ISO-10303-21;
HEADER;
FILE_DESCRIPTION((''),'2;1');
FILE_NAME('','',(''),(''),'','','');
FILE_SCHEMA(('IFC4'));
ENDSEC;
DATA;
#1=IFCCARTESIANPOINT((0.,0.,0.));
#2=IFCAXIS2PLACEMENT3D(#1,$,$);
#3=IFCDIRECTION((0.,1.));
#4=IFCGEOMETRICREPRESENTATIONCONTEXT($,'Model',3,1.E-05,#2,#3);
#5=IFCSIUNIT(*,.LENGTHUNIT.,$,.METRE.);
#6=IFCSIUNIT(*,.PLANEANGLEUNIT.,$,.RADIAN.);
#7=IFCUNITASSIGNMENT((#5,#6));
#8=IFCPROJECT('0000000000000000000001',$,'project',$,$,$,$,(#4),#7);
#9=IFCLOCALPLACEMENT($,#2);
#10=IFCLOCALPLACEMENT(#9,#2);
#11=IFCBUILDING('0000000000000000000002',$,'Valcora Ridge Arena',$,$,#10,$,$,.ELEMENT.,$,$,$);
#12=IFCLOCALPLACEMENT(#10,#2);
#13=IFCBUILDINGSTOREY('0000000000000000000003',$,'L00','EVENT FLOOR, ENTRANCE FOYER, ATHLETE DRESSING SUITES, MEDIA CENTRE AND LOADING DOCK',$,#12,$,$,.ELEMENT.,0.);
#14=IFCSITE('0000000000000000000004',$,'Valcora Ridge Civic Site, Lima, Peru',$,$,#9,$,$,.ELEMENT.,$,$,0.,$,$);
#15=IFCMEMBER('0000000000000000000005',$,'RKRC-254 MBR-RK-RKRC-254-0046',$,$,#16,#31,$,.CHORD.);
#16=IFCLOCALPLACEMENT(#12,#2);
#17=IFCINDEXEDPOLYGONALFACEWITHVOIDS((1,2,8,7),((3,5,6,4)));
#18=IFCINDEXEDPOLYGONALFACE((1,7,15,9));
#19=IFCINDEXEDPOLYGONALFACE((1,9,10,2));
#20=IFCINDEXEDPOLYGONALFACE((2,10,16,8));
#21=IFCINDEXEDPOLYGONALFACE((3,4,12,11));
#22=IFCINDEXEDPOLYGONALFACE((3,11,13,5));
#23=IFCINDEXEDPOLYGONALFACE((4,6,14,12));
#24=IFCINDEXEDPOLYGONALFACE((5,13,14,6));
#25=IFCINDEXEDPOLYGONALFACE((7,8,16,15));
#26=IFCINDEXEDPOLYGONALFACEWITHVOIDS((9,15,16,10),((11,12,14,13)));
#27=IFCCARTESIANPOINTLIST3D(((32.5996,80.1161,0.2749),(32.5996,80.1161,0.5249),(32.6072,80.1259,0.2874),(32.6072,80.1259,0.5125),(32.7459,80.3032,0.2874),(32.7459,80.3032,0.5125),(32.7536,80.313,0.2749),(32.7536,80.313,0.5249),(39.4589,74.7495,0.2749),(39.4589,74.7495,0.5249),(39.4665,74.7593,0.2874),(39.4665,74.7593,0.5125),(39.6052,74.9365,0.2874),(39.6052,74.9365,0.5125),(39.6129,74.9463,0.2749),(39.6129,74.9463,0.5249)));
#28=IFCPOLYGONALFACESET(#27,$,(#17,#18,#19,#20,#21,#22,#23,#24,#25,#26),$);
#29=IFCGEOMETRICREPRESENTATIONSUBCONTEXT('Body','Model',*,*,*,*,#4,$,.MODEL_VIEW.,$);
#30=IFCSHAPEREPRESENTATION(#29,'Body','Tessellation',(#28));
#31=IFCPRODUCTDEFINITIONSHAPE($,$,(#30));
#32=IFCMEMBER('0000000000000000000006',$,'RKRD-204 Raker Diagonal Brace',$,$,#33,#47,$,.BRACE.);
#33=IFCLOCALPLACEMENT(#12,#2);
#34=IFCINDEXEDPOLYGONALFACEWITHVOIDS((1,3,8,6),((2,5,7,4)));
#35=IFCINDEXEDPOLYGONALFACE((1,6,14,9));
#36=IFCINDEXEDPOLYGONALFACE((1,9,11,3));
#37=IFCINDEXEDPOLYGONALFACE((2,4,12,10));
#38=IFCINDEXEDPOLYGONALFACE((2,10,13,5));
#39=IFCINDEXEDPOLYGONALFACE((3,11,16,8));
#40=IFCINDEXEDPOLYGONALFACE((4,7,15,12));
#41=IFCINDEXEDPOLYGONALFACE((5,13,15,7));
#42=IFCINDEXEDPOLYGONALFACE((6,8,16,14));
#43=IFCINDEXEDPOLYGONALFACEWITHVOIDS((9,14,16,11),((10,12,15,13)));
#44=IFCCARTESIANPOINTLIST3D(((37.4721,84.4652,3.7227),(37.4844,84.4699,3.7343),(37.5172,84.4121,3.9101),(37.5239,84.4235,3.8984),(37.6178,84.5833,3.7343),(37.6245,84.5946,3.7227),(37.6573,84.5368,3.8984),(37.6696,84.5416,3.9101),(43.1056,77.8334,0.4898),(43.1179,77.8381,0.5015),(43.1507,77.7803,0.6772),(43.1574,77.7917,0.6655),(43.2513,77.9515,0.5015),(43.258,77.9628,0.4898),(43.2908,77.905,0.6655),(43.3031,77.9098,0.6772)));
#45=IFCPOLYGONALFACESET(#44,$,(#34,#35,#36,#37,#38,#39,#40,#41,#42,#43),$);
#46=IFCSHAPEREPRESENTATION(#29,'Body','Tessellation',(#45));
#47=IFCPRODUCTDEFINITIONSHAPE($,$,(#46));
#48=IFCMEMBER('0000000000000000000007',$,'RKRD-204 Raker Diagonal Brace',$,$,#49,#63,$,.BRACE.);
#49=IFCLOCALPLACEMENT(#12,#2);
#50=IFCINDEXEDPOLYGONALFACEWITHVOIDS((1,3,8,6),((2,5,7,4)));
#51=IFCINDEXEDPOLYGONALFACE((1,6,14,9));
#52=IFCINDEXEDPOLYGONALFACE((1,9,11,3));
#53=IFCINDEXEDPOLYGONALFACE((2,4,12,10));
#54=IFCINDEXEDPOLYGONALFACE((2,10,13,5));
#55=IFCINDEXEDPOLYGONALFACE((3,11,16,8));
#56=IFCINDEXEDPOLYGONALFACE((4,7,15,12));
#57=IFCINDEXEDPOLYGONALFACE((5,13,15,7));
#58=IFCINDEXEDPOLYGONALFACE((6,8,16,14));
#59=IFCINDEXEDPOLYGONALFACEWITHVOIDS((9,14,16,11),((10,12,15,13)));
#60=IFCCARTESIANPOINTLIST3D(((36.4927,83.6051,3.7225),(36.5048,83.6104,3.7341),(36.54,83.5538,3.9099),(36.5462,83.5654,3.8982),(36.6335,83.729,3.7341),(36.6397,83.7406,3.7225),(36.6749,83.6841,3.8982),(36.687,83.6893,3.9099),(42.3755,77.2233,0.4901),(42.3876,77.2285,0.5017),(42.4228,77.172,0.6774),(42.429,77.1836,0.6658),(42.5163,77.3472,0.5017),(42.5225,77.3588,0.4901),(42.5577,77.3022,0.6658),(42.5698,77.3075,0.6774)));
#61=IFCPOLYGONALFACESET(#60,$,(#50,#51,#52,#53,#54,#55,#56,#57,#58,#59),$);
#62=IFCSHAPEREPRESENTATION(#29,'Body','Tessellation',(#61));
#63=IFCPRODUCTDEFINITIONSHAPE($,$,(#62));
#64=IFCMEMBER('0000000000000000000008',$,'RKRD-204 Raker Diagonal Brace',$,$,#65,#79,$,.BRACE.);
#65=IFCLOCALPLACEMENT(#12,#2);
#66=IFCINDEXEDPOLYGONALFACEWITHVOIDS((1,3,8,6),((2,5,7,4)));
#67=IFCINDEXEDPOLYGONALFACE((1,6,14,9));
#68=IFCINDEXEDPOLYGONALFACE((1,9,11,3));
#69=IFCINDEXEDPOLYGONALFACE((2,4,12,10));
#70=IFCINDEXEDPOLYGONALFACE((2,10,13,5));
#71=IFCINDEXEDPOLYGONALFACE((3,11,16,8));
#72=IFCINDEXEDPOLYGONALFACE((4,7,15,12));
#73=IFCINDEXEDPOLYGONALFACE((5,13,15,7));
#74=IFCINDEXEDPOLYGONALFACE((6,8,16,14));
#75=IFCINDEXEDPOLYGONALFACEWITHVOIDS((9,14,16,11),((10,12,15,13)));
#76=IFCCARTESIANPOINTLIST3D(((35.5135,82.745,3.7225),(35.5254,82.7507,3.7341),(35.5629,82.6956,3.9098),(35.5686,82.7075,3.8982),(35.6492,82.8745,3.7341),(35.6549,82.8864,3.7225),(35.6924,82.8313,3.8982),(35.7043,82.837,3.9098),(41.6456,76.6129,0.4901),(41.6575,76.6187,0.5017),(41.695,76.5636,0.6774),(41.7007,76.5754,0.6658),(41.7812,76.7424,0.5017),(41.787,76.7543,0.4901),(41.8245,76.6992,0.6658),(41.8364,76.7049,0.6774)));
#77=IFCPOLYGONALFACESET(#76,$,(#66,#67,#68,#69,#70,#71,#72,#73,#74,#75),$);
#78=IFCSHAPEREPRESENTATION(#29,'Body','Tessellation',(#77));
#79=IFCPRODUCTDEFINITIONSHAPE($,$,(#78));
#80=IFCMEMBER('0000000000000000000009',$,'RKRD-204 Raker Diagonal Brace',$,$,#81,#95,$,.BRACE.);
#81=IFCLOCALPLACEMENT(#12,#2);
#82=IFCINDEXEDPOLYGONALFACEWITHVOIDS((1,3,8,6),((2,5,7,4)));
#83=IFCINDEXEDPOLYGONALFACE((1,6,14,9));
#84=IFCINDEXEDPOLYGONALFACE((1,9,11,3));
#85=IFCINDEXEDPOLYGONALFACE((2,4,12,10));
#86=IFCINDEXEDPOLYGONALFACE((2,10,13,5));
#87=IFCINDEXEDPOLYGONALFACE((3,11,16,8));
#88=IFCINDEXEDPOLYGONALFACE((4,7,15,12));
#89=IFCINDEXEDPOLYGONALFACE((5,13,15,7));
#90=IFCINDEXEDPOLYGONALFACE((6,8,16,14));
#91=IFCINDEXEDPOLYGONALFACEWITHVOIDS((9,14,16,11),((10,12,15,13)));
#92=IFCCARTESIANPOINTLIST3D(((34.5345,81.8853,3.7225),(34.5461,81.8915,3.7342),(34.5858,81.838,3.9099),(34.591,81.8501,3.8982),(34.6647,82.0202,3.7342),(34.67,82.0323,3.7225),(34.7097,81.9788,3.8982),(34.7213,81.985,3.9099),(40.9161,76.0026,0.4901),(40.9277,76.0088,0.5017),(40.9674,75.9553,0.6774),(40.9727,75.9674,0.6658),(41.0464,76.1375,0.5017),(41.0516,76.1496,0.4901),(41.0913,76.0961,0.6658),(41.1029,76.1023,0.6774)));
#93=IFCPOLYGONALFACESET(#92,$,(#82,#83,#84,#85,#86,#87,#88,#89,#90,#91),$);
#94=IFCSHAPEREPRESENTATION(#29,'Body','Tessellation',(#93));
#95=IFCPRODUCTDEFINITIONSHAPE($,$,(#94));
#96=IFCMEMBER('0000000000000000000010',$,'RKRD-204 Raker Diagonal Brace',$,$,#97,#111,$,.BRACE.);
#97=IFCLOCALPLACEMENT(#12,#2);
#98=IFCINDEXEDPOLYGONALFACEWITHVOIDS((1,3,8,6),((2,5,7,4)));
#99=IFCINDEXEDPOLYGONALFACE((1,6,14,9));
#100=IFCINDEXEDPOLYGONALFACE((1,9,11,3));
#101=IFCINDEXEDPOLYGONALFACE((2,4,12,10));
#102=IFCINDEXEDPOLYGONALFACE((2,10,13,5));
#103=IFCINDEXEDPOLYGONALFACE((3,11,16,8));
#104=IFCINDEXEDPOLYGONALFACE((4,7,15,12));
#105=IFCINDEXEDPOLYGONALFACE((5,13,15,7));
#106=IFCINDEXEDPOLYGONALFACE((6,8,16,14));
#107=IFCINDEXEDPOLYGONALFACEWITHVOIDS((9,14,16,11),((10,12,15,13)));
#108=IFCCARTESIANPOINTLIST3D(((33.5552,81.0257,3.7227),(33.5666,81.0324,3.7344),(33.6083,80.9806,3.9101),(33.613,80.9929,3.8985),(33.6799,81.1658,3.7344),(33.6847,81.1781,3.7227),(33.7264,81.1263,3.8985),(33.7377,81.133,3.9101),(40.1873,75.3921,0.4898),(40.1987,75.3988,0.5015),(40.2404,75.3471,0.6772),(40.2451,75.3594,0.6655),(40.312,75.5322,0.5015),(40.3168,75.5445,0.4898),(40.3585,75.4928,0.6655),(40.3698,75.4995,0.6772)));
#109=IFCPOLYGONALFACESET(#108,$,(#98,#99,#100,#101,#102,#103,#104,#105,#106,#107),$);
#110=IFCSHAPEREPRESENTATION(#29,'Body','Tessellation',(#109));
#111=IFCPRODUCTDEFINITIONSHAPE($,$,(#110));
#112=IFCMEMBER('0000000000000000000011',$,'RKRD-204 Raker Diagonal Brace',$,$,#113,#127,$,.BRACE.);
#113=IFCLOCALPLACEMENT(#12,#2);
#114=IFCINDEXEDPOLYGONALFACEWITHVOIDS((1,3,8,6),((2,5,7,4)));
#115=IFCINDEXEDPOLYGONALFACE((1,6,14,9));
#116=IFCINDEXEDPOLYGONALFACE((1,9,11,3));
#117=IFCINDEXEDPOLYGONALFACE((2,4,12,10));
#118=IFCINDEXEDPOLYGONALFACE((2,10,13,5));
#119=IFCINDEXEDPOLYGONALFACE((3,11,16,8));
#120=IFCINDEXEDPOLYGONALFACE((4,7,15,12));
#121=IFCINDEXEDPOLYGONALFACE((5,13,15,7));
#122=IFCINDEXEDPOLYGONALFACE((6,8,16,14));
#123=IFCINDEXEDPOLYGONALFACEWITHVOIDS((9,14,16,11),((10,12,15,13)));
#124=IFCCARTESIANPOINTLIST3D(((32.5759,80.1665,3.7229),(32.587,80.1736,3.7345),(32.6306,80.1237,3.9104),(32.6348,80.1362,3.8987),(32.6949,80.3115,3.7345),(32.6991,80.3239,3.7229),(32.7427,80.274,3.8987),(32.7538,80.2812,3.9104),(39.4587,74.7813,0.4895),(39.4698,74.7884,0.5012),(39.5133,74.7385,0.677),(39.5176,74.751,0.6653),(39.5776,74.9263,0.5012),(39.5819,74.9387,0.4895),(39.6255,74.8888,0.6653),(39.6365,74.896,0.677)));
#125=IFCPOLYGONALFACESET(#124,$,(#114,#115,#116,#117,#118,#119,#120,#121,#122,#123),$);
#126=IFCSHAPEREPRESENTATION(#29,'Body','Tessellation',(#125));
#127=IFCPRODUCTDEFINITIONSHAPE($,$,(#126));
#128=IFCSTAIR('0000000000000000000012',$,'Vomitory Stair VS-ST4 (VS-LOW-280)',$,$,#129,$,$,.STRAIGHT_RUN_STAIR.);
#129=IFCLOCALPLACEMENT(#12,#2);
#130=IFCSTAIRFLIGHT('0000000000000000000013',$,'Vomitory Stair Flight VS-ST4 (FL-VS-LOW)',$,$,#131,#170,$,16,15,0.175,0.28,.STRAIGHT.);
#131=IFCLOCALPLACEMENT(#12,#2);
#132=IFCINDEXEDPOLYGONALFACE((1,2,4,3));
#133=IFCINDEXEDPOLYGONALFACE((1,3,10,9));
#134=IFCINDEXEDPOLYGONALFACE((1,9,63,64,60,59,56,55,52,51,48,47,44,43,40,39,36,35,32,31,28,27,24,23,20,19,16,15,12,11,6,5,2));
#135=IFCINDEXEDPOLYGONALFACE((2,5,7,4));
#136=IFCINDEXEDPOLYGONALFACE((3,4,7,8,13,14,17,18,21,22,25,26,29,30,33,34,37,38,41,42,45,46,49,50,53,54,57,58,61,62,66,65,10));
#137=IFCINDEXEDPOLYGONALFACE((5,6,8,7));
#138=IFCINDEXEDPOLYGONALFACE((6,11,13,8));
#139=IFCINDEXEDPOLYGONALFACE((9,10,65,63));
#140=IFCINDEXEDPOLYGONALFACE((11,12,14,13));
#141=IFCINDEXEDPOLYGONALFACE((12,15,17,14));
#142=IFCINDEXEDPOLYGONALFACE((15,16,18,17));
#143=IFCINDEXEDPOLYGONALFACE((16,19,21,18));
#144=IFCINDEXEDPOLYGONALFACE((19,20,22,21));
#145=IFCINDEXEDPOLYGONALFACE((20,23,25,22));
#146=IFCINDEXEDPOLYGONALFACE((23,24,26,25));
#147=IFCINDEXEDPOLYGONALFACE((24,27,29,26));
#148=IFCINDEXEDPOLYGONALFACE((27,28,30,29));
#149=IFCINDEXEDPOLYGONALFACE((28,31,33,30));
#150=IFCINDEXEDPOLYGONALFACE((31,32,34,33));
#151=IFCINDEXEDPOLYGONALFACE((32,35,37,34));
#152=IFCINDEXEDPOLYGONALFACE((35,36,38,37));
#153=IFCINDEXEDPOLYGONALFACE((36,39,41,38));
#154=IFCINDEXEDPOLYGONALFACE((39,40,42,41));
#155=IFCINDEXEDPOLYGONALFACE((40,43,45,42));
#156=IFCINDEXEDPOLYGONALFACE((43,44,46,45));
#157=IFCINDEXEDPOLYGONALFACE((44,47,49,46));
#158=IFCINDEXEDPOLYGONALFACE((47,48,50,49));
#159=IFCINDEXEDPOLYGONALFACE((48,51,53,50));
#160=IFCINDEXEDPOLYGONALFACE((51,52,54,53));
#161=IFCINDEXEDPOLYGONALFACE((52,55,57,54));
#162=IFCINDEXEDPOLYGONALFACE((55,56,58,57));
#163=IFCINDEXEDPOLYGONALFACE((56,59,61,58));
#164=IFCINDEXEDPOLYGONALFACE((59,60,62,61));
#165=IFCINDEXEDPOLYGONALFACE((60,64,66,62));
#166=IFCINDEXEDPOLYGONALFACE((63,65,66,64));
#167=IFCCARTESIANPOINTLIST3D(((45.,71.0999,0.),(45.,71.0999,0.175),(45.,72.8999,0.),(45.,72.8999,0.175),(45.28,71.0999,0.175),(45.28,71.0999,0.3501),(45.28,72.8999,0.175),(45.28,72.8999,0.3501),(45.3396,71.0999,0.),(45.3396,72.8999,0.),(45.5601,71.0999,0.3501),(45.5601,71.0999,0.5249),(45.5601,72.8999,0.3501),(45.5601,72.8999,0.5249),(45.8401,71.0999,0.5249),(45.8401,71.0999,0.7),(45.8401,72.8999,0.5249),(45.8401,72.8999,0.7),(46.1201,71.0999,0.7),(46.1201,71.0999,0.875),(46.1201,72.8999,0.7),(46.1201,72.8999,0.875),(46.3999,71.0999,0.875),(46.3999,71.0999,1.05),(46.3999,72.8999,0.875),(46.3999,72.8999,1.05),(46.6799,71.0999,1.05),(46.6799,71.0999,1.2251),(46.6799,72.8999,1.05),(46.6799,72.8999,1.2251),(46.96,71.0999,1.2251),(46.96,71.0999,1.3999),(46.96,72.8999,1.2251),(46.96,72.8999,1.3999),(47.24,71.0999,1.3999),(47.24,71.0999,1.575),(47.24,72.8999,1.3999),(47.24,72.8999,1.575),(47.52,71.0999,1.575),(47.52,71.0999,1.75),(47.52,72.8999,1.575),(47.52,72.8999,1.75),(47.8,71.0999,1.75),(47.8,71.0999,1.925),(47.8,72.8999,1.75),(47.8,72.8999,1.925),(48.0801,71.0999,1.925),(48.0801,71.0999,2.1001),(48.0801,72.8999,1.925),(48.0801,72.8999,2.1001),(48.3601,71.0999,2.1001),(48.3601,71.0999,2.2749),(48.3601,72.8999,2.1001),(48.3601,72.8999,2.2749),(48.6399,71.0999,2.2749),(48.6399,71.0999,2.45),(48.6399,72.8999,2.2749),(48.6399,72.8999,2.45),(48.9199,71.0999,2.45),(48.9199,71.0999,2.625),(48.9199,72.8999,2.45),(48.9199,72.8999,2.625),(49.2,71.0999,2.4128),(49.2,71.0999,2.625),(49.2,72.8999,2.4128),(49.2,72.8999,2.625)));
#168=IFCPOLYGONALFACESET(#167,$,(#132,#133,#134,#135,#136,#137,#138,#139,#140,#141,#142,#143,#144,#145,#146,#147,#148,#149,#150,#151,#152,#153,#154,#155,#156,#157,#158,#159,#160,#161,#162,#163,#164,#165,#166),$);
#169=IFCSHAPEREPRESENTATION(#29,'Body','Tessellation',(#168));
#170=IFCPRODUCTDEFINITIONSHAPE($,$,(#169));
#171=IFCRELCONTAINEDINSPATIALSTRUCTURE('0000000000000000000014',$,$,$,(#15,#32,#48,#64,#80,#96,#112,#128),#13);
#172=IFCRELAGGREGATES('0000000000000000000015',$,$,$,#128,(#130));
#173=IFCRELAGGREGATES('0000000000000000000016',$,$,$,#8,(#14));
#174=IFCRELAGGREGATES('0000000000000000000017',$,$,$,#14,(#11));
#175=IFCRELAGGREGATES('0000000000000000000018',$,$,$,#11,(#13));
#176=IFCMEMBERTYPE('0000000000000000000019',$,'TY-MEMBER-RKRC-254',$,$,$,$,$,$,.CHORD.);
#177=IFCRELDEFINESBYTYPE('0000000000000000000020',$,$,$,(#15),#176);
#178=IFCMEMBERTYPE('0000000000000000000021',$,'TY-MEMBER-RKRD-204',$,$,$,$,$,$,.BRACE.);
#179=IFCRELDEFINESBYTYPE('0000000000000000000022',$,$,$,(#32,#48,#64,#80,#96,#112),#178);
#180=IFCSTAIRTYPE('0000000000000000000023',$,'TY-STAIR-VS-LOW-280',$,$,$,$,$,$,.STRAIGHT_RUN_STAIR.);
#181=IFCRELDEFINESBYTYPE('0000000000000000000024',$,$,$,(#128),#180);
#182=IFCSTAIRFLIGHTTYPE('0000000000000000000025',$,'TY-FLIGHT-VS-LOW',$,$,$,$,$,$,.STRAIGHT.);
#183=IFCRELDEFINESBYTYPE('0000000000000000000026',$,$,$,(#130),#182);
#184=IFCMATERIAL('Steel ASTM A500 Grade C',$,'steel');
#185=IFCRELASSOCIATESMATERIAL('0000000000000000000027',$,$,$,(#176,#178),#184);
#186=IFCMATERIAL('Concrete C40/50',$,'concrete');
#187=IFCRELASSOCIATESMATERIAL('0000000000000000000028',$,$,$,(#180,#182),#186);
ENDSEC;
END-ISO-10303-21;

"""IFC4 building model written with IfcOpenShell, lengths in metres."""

from ifc_helpers import new_model, si_unit, direction, frame, origin, origin_2d, place, context, subcontext, project, spatial, polyline, hollow_rectangle, outline, extrude, material, material_profile, profile_set, type_object, element, aggregate, save


model = new_model("IFC4")

# Units and contexts
model_context = context("Model", 3, precision=1e-05, world=origin(), true_north=direction((0.0, 1.0)))
body_context = subcontext(model_context, "Body", "Model", "MODEL_VIEW")
ifc_project = project(units=[si_unit("LENGTHUNIT", "METRE"), si_unit("PLANEANGLEUNIT", "RADIAN")], contexts=[model_context])

# Site, building, storey
site_placement = place(None, origin())
site = spatial("IfcSite", under=ifc_project, at=site_placement, Name="Valcora Ridge Civic Site, Lima, Peru", CompositionType="ELEMENT", RefElevation=0.0)
building_placement = place(site_placement, origin())
building = spatial("IfcBuilding", under=site, at=building_placement, Name="Valcora Ridge Arena", CompositionType="ELEMENT")
storey_placement = place(building_placement, origin())
storey = spatial("IfcBuildingStorey", under=building, at=storey_placement, Name="L00", Description="EVENT FLOOR, ENTRANCE FOYER, ATHLETE DRESSING SUITES, MEDIA CENTRE AND LOADING DOCK", CompositionType="ELEMENT", Elevation=0.0)

# Shared definitions
ifc_material_1 = material(Name="Concrete C40/50", Category="concrete")

# Members
ifc_material_2 = material(Name="Steel ASTM A500 Grade C", Category="steel")
ifc_material_profile_1 = material_profile(ifc_material_2, hollow_rectangle(XDim=0.25, YDim=0.25, WallThickness=0.0125, at=origin_2d()), Name="HSS250X250X12")
ifc_profile_set_1 = profile_set([ifc_material_profile_1], Name="Steel ASTM A500 Grade C")
member_type_1 = type_object("IfcMemberType", Name="TY-MEMBER-RKRC-254", PredefinedType="CHORD", material=ifc_profile_set_1)
member_1_placement = place(storey_placement, frame((39.5359, 74.8479, 0.3999), z_axis=(-0.787589, 0.616201, 0.0), x_axis=(-0.616201, -0.787589, 0.0)))
element("IfcMember", 1, at=member_1_placement, inside=storey, type_object=member_type_1, Name="RKRC-254 MBR-RK-RKRC-254-0046", PredefinedType="CHORD", context=body_context, shape_type="SweptSolid", body=[
    extrude(hollow_rectangle(XDim=0.25, YDim=0.25, WallThickness=0.0125, at=origin_2d()), origin(), (0.0, 0.0, 1.0), 8.7092),
])
ifc_material_profile_2 = material_profile(ifc_material_2, hollow_rectangle(XDim=0.2, YDim=0.2, WallThickness=0.0125, at=origin_2d()), Name="HSS200X200X12")
ifc_profile_set_2 = profile_set([ifc_material_profile_2], Name="Steel ASTM A500 Grade C")
member_type_2 = type_object("IfcMemberType", Name="TY-MEMBER-RKRD-204", PredefinedType="BRACE", material=ifc_profile_set_2)
member_2_placement = place(storey_placement, frame((43.2043, 77.8716, 0.5835), z_axis=(-0.606882, 0.714424, 0.34827), x_axis=(-0.762139, -0.647414, 0.0)))
element("IfcMember", 2, at=member_2_placement, inside=storey, type_object=member_type_2, Name="RKRD-204 Raker Diagonal Brace", PredefinedType="BRACE", context=body_context, shape_type="SweptSolid", body=[
    extrude(hollow_rectangle(XDim=0.2, YDim=0.2, WallThickness=0.0125, at=origin_2d()), origin(), (0.0, 0.0, 1.0), 9.2827),
])
member_3_placement = place(storey_placement, frame((42.4727, 77.2654, 0.5837), z_axis=(-0.635159, 0.689037, 0.349), x_axis=(-0.735269, -0.677775, 0.0)))
element("IfcMember", 3, at=member_3_placement, inside=storey, type_object=member_type_2, Name="RKRD-204 Raker Diagonal Brace", PredefinedType="BRACE", context=body_context, shape_type="SweptSolid", body=[
    extrude(hollow_rectangle(XDim=0.2, YDim=0.2, WallThickness=0.0125, at=origin_2d()), origin(), (0.0, 0.0, 1.0), 9.262),
])
member_4_placement = place(storey_placement, frame((41.741, 76.6589, 0.5837), z_axis=(-0.662576, 0.662576, 0.349266), x_axis=(-0.707107, -0.707107, 0.0)))
element("IfcMember", 4, at=member_4_placement, inside=storey, type_object=member_type_2, Name="RKRD-204 Raker Diagonal Brace", PredefinedType="BRACE", context=body_context, shape_type="SweptSolid", body=[
    extrude(hollow_rectangle(XDim=0.2, YDim=0.2, WallThickness=0.0125, at=origin_2d()), origin(), (0.0, 0.0, 1.0), 9.2549),
])
member_5_placement = place(storey_placement, frame((41.0095, 76.0525, 0.5837), z_axis=(-0.689035, 0.635154, 0.349012), x_axis=(-0.677774, -0.73527, 0.0)))
element("IfcMember", 5, at=member_5_placement, inside=storey, type_object=member_type_2, Name="RKRD-204 Raker Diagonal Brace", PredefinedType="BRACE", context=body_context, shape_type="SweptSolid", body=[
    extrude(hollow_rectangle(XDim=0.2, YDim=0.2, WallThickness=0.0125, at=origin_2d()), origin(), (0.0, 0.0, 1.0), 9.2617),
])
member_6_placement = place(storey_placement, frame((40.2786, 75.4458, 0.5835), z_axis=(-0.714437, 0.606871, 0.348264), x_axis=(-0.6474, -0.76215, 0.0)))
element("IfcMember", 6, at=member_6_placement, inside=storey, type_object=member_type_2, Name="RKRD-204 Raker Diagonal Brace", PredefinedType="BRACE", context=body_context, shape_type="SweptSolid", body=[
    extrude(hollow_rectangle(XDim=0.2, YDim=0.2, WallThickness=0.0125, at=origin_2d()), origin(), (0.0, 0.0, 1.0), 9.283),
])
member_7_placement = place(storey_placement, frame((39.5476, 74.8386, 0.5833), z_axis=(-0.738642, 0.577928, 0.346998), x_axis=(-0.616216, -0.787577, 0.0)))
element("IfcMember", 7, at=member_7_placement, inside=storey, type_object=member_type_2, Name="RKRD-204 Raker Diagonal Brace", PredefinedType="BRACE", context=body_context, shape_type="SweptSolid", body=[
    extrude(hollow_rectangle(XDim=0.2, YDim=0.2, WallThickness=0.0125, at=origin_2d()), origin(), (0.0, 0.0, 1.0), 9.3181),
])

# Stair, stair flight
stair_type = type_object("IfcStairType", Name="TY-STAIR-VS-LOW-280", PredefinedType="STRAIGHT_RUN_STAIR", material=ifc_material_1)
stair_placement = place(storey_placement, origin())
stair = element("IfcStair", 8, at=stair_placement, inside=storey, type_object=stair_type, Name="Vomitory Stair VS-ST4 (VS-LOW-280)", PredefinedType="STRAIGHT_RUN_STAIR")
stair_flight_type = type_object("IfcStairFlightType", Name="TY-FLIGHT-VS-LOW", PredefinedType="STRAIGHT", material=ifc_material_1)
stair_flight_placement = place(storey_placement, frame((45.0, 72.0, 0.0), z_axis=(0.0, 0.0, 1.0), x_axis=(1.0, 0.0, 0.0)))
stair_flight = element("IfcStairFlight", 9, at=stair_flight_placement, type_object=stair_flight_type, Name="Vomitory Stair Flight VS-ST4 (FL-VS-LOW)", NumberOfRisers=16, NumberOfTreads=15, PredefinedType="STRAIGHT", RiserHeight=0.175, TreadLength=0.28, context=body_context, shape_type="SweptSolid", body=[
    extrude(outline(polyline([(0.0, 0.0), (0.0, 0.175), (0.28, 0.175), (0.28, 0.3501), (0.5601, 0.3501), (0.5601, 0.5249), (0.8401, 0.5249), (0.8401, 0.7), (1.1201, 0.7), (1.1201, 0.875), (1.3999, 0.875), (1.3999, 1.05), (1.6799, 1.05), (1.6799, 1.2251), (1.96, 1.2251), (1.96, 1.3999), (2.24, 1.3999), (2.24, 1.575), (2.52, 1.575), (2.52, 1.75), (2.8, 1.75), (2.8, 1.925), (3.0801, 1.925), (3.0801, 2.1001), (3.3601, 2.1001), (3.3601, 2.2749), (3.6399, 2.2749), (3.6399, 2.45), (3.9199, 2.45), (3.9199, 2.625), (4.2, 2.625), (4.2, 2.8), (4.2, 2.4128), (0.3396, 0.0), (0.0, 0.0)])), frame((0.0, 0.8999, 0.0), z_axis=(0.0, -1.0, 0.0), x_axis=(1.0, 0.0, 0.0)), (0.0, 0.0, 1.0), 1.8),
])
aggregate(stair, [stair_flight])

save(model, "model.ifc")
